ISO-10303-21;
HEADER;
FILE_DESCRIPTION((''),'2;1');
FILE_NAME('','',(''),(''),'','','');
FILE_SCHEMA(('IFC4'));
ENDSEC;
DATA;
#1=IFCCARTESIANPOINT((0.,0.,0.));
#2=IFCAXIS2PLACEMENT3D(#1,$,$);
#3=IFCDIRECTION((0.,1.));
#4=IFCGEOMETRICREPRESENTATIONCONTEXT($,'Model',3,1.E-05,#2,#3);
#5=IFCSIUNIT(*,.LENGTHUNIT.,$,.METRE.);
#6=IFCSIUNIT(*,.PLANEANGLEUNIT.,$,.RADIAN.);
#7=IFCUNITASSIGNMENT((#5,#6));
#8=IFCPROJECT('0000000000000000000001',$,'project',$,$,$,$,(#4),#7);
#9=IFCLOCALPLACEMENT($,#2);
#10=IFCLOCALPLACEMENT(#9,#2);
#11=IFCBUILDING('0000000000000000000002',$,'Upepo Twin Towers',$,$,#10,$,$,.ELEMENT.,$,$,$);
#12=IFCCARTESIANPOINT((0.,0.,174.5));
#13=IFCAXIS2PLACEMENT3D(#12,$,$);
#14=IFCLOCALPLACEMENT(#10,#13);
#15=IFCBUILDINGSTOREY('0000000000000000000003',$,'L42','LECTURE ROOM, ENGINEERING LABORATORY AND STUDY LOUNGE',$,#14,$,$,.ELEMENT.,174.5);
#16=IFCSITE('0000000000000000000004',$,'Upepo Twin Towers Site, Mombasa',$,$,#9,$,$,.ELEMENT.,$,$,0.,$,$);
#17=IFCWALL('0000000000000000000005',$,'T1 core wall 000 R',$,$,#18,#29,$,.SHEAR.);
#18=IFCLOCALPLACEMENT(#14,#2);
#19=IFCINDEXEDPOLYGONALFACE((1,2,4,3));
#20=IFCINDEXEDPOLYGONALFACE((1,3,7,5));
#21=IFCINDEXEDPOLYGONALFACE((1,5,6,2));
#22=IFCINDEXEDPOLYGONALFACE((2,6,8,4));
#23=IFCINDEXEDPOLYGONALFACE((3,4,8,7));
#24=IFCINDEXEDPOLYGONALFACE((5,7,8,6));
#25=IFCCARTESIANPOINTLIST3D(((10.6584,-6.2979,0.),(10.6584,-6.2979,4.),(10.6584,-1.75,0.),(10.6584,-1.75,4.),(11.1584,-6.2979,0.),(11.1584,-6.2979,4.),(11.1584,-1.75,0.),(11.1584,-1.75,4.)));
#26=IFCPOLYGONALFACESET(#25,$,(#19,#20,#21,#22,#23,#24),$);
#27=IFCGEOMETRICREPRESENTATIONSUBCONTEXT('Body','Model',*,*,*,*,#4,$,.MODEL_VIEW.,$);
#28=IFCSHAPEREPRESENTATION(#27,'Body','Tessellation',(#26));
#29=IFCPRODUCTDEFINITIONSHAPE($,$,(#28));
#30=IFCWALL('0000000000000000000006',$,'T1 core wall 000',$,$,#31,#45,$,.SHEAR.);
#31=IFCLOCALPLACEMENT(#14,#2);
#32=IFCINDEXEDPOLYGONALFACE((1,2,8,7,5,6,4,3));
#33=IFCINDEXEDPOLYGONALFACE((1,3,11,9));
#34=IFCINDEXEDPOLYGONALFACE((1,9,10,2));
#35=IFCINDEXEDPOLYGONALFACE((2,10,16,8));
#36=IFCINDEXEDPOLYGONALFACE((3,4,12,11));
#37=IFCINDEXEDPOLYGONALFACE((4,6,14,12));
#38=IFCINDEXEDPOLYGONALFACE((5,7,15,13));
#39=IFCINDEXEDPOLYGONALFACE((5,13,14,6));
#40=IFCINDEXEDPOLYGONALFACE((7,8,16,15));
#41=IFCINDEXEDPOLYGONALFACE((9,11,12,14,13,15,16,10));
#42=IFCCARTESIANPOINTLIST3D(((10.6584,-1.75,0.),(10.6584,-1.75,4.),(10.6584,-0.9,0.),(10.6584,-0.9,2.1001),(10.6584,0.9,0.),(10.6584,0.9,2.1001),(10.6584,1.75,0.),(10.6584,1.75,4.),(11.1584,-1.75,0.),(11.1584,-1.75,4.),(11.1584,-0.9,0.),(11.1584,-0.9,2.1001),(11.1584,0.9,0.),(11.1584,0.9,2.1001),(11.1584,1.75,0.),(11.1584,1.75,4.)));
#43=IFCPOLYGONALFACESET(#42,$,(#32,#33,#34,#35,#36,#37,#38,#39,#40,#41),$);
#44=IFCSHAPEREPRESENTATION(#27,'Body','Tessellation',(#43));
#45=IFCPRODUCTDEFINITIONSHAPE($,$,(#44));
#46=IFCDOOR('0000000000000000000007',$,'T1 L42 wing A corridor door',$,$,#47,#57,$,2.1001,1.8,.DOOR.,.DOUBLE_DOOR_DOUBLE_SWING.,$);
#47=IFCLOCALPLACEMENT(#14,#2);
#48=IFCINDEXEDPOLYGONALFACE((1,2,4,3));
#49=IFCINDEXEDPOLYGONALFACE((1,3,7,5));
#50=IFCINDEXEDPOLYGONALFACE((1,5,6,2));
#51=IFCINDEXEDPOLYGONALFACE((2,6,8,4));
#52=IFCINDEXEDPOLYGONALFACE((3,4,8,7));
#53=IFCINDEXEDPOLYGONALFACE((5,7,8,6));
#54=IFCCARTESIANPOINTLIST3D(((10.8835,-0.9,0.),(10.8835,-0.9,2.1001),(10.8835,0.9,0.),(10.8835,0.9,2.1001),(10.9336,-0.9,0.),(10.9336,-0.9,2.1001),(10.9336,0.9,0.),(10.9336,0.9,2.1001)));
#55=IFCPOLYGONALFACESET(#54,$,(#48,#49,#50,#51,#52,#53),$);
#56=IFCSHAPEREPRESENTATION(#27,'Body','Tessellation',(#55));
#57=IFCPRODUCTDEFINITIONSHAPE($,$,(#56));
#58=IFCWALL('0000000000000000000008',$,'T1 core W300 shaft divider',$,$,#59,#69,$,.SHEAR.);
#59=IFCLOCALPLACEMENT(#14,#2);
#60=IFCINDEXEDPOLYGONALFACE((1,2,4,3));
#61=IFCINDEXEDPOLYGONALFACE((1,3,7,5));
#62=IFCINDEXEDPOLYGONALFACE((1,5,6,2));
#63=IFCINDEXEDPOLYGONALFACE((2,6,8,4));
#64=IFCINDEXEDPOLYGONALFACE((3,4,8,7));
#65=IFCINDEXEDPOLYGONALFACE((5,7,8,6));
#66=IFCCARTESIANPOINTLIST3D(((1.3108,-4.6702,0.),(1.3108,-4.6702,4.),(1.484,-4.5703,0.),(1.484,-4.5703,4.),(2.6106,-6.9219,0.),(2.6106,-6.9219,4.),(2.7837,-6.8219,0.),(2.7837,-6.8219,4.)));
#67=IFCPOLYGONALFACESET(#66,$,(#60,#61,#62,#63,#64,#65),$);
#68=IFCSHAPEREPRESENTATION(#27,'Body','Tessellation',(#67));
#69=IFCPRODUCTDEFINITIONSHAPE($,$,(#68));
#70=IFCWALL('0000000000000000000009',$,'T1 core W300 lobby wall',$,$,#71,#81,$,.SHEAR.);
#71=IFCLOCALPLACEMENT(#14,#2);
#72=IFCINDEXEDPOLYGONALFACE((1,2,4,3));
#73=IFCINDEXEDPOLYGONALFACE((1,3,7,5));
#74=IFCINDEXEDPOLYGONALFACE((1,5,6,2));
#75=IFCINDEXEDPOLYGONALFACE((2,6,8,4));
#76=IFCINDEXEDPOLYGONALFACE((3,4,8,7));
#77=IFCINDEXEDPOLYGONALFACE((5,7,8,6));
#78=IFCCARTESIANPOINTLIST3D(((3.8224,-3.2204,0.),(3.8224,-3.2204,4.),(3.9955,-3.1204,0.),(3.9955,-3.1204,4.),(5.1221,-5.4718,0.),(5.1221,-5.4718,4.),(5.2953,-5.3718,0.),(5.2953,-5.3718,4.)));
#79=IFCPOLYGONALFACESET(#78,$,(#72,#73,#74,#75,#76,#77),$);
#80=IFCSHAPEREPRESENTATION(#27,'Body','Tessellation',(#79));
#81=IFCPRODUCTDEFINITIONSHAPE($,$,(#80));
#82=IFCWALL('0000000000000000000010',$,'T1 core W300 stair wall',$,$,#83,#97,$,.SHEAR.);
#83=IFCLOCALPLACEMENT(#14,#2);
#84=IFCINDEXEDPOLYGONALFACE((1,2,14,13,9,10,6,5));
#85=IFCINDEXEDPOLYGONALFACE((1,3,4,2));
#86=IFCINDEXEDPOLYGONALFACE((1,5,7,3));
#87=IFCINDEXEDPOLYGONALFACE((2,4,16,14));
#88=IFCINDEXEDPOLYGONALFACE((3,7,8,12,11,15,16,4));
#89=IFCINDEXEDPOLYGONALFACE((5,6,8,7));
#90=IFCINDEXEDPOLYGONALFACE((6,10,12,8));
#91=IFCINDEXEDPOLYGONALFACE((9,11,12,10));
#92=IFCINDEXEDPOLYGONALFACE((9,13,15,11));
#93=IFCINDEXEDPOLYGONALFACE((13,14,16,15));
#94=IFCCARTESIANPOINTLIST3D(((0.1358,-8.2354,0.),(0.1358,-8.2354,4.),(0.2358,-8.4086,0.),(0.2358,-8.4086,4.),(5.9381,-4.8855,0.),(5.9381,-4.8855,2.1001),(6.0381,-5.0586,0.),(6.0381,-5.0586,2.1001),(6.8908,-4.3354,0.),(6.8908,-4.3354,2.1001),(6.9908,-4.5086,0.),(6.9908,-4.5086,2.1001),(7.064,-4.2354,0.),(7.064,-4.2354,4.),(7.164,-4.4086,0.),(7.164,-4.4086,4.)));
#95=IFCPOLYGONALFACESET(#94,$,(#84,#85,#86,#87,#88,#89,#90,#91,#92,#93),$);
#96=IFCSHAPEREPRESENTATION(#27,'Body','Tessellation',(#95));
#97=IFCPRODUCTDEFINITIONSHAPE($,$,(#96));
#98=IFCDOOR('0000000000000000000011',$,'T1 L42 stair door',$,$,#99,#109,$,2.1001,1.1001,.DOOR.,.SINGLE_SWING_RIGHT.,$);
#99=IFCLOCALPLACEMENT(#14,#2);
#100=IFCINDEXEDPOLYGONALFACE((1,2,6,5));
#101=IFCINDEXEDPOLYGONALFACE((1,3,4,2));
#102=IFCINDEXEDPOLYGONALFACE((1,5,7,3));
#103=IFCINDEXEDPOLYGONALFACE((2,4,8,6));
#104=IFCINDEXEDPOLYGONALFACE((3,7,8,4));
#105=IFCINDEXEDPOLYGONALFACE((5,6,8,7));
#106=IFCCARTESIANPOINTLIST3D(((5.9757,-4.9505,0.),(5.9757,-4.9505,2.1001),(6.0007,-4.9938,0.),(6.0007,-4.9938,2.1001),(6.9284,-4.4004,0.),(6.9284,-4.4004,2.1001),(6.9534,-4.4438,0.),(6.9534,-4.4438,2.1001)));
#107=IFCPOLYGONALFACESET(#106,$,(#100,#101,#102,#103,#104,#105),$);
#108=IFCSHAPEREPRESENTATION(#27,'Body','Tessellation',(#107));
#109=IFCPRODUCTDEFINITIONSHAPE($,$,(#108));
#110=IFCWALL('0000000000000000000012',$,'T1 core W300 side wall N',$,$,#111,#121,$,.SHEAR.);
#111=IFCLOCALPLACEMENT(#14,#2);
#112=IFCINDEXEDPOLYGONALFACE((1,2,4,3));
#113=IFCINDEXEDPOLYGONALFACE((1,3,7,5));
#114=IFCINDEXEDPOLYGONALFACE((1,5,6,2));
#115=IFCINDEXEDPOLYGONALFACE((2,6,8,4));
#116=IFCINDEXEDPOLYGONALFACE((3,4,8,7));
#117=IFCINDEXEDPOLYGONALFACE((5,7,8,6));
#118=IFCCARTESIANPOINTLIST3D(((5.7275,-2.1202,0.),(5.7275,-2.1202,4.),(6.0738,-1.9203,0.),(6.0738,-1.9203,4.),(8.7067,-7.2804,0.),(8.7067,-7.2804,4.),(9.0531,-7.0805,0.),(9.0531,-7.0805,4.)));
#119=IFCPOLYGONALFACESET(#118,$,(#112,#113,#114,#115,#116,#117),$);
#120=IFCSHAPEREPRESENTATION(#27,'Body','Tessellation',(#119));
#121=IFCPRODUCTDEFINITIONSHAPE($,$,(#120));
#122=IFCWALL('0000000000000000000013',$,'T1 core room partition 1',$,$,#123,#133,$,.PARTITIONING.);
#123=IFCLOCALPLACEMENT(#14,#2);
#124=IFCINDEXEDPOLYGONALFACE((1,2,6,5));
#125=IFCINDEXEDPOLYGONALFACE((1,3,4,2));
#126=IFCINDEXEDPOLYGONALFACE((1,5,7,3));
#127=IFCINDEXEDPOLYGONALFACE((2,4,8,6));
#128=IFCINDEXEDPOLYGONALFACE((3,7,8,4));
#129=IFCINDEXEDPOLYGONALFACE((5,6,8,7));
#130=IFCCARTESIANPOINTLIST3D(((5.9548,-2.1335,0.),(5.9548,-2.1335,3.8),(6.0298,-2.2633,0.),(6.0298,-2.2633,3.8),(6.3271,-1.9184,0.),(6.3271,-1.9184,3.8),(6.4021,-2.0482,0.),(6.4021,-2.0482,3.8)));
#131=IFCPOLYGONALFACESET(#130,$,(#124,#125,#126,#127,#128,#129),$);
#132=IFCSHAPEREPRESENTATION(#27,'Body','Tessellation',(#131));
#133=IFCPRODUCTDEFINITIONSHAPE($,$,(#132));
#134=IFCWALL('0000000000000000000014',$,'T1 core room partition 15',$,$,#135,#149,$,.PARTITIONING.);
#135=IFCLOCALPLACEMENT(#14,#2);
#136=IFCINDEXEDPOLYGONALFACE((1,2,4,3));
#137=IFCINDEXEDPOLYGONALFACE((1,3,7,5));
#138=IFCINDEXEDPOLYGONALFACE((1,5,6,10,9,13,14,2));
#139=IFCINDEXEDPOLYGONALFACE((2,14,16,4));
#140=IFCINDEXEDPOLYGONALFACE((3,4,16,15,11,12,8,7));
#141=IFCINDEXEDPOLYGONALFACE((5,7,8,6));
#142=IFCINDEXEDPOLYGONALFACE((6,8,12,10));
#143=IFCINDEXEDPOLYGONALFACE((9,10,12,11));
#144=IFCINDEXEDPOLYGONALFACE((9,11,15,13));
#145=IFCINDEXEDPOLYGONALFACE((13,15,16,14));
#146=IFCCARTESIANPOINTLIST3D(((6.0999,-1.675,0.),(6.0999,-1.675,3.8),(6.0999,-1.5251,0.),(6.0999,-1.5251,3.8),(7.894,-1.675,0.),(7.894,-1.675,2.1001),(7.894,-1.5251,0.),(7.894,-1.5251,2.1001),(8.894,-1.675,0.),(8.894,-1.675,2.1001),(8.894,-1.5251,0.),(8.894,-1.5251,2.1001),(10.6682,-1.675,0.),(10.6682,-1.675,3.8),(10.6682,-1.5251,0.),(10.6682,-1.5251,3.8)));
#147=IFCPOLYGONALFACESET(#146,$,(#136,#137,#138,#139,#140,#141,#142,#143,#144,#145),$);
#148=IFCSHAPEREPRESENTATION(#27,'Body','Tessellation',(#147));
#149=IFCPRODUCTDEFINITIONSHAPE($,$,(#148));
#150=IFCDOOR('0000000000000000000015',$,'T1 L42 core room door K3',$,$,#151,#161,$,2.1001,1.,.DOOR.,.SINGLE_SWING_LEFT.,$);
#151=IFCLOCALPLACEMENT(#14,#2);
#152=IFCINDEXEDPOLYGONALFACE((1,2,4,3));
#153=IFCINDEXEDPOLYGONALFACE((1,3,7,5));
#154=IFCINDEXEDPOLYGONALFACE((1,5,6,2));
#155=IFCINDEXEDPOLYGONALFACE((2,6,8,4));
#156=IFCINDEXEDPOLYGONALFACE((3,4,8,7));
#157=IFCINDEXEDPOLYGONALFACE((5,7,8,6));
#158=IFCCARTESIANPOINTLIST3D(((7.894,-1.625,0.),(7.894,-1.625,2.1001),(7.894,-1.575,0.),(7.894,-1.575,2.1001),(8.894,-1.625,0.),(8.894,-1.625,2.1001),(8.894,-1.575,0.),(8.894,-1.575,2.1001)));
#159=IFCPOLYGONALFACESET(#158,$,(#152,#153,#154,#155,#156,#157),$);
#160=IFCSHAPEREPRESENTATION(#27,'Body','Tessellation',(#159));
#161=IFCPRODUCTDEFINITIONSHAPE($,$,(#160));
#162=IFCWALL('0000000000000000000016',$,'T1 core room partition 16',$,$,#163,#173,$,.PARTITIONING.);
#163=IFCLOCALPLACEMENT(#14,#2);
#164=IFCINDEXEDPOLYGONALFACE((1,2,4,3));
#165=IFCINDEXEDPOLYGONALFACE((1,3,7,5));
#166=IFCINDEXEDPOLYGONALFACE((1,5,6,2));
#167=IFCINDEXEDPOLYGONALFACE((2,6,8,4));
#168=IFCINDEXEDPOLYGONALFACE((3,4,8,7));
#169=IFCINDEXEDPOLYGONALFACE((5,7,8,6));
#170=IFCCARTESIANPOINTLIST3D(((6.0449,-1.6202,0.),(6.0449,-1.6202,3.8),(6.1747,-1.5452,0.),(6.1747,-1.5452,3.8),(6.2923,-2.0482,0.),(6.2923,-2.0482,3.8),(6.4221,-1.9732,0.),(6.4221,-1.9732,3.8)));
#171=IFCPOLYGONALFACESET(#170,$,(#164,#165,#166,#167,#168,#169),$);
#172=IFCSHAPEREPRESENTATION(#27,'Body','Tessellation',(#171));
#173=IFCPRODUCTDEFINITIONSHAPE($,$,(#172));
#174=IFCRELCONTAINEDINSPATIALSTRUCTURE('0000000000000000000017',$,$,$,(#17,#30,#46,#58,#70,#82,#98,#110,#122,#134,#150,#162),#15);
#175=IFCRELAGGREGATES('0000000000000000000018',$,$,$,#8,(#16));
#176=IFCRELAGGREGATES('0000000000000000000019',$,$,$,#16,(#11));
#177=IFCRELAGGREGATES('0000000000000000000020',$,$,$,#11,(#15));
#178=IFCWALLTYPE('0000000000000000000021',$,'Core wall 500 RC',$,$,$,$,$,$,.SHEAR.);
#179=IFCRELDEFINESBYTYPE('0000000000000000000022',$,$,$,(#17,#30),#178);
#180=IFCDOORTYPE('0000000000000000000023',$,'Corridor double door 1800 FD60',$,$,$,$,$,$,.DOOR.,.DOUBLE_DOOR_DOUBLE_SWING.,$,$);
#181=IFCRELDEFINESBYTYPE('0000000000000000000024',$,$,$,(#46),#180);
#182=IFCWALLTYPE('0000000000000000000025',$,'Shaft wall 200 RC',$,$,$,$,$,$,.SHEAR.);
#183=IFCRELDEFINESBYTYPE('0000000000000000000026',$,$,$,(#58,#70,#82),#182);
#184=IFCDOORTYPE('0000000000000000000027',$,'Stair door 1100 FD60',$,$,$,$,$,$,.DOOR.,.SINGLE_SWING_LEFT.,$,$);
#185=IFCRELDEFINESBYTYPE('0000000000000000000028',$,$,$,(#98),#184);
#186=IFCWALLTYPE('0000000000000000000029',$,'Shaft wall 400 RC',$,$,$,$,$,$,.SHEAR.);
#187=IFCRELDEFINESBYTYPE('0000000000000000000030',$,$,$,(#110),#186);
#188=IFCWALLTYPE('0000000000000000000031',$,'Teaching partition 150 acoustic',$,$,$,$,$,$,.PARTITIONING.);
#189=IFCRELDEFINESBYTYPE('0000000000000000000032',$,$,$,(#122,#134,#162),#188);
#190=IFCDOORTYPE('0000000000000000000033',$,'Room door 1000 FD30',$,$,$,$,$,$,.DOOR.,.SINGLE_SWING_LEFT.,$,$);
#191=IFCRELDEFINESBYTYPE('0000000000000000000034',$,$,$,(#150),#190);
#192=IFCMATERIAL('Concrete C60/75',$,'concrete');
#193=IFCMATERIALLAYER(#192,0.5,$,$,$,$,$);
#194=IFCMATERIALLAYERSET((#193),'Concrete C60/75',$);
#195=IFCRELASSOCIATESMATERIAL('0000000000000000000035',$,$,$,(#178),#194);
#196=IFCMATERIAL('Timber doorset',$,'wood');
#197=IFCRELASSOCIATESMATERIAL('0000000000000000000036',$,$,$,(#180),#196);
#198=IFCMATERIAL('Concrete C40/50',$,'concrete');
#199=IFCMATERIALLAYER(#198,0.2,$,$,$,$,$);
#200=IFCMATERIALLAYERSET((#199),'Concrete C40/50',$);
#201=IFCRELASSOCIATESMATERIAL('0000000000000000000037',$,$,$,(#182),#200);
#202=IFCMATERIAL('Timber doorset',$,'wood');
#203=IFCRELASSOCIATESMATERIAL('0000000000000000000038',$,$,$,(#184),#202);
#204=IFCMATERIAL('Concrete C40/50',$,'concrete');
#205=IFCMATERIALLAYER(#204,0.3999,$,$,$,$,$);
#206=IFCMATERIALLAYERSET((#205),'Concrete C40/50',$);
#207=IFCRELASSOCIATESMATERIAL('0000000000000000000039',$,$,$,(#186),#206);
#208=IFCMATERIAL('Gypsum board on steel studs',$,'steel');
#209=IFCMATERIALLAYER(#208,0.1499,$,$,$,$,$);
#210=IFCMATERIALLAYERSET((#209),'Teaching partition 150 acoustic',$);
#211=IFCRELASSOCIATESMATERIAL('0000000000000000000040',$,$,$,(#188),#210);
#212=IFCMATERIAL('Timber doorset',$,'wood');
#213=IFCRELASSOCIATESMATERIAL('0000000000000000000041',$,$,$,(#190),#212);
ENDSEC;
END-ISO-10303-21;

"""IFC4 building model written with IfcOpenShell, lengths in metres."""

from ifc_helpers import new_model, si_unit, direction, frame, frame_2d, origin, place, context, subcontext, project, spatial, rectangle, extrude, material, layer, layer_set, type_object, element, fill, save


model = new_model("IFC4")

# Units and contexts
model_context = context("Model", 3, precision=1e-05, world=origin(), true_north=direction((0.0, 1.0)))
body_context = subcontext(model_context, "Body", "Model", "MODEL_VIEW")
ifc_project = project(units=[si_unit("LENGTHUNIT", "METRE"), si_unit("PLANEANGLEUNIT", "RADIAN")], contexts=[model_context])

# Site, building, storey
site_placement = place(None, origin())
site = spatial("IfcSite", under=ifc_project, at=site_placement, Name="Upepo Twin Towers Site, Mombasa", CompositionType="ELEMENT", RefElevation=0.0)
building_placement = place(site_placement, origin())
building = spatial("IfcBuilding", under=site, at=building_placement, Name="Upepo Twin Towers", CompositionType="ELEMENT")
storey_placement = place(building_placement, frame((0.0, 0.0, 174.5)))
storey = spatial("IfcBuildingStorey", under=building, at=storey_placement, Name="L42", Description="LECTURE ROOM, ENGINEERING LABORATORY AND STUDY LOUNGE", CompositionType="ELEMENT", Elevation=174.5)

# Wall
ifc_material_1 = material(Name="Concrete C60/75", Category="concrete")
ifc_layer_1 = layer(ifc_material_1, 0.5)
ifc_layer_set_1 = layer_set([ifc_layer_1], Name="Concrete C60/75")
wall_type_1 = type_object("IfcWallType", Name="Core wall 500 RC", PredefinedType="SHEAR", material=ifc_layer_set_1)
wall_1_placement = place(storey_placement, frame((10.9084, -6.2979, 0.0), z_axis=(0.0, 0.0, 1.0), x_axis=(0.0, 1.0, 0.0)))
element("IfcWall", 1, at=wall_1_placement, inside=storey, type_object=wall_type_1, Name="T1 core wall 000 R", PredefinedType="SHEAR", context=body_context, shape_type="SweptSolid", body=[
    extrude(rectangle(XDim=4.5479, YDim=0.5, at=frame_2d((2.2739, 0.0))), origin(), (0.0, 0.0, 1.0), 4.0),
])

# Wall, opening, door
wall_2_placement = place(storey_placement, frame((10.9084, -1.75, 0.0), z_axis=(0.0, 0.0, 1.0), x_axis=(0.0, 1.0, 0.0)))
wall_2 = element("IfcWall", 2, at=wall_2_placement, inside=storey, type_object=wall_type_1, Name="T1 core wall 000", PredefinedType="SHEAR", context=body_context, shape_type="SweptSolid", body=[
    extrude(rectangle(XDim=3.5, YDim=0.5, at=frame_2d((1.75, 0.0))), origin(), (0.0, 0.0, 1.0), 4.0),
])
opening_1_placement = place(wall_2_placement, frame((0.8501, 0.0, 0.0)))
opening_1 = element("IfcOpeningElement", 3, at=opening_1_placement, cuts=wall_2, PredefinedType="OPENING", context=body_context, shape_type="SweptSolid", body=[
    extrude(rectangle(XDim=1.8, YDim=2.1001, at=frame_2d((0.8999, 1.05))), frame((0.0, 0.26, 0.0), z_axis=(0.0, -1.0, 0.0), x_axis=(1.0, 0.0, 0.0)), (0.0, 0.0, 1.0), 0.52),
])
ifc_material_2 = material(Name="Timber doorset", Category="wood")
door_type_1 = type_object("IfcDoorType", Name="Corridor double door 1800 FD60", OperationType="DOUBLE_DOOR_DOUBLE_SWING", PredefinedType="DOOR", material=ifc_material_2)
door_1_placement = place(opening_1_placement, origin())
door_1 = element("IfcDoor", 4, at=door_1_placement, inside=storey, type_object=door_type_1, Name="T1 L42 wing A corridor door", OperationType="DOUBLE_DOOR_DOUBLE_SWING", OverallHeight=2.1001, OverallWidth=1.8, PredefinedType="DOOR", context=body_context, shape_type="SweptSolid", body=[
    extrude(rectangle(XDim=1.8, YDim=2.1001, at=frame_2d((0.8999, 1.05))), frame((0.0, 0.0249, 0.0), z_axis=(0.0, -1.0, 0.0), x_axis=(1.0, 0.0, 0.0)), (0.0, 0.0, 1.0), 0.05),
])
fill(opening_1, door_1)

# Walls
ifc_material_3 = material(Name="Concrete C40/50", Category="concrete")
ifc_layer_2 = layer(ifc_material_3, 0.2)
ifc_layer_set_2 = layer_set([ifc_layer_2], Name="Concrete C40/50")
wall_type_2 = type_object("IfcWallType", Name="Shaft wall 200 RC", PredefinedType="SHEAR", material=ifc_layer_set_2)
wall_3_placement = place(storey_placement, frame((1.3975, -4.6204, 0.0), z_axis=(0.0, 0.0, 1.0), x_axis=(0.499937, -0.866062, 0.0)))
element("IfcWall", 5, at=wall_3_placement, inside=storey, type_object=wall_type_2, Name="T1 core W300 shaft divider", PredefinedType="SHEAR", context=body_context, shape_type="SweptSolid", body=[
    extrude(rectangle(XDim=2.5999, YDim=0.2, at=frame_2d((1.2998, 0.0))), origin(), (0.0, 0.0, 1.0), 4.0),
])
wall_4_placement = place(storey_placement, frame((3.9089, -3.1704, 0.0), z_axis=(0.0, 0.0, 1.0), x_axis=(0.499977, -0.866039, 0.0)))
element("IfcWall", 6, at=wall_4_placement, inside=storey, type_object=wall_type_2, Name="T1 core W300 lobby wall", PredefinedType="SHEAR", context=body_context, shape_type="SweptSolid", body=[
    extrude(rectangle(XDim=2.5996, YDim=0.2, at=frame_2d((1.2998, 0.0))), origin(), (0.0, 0.0, 1.0), 4.0),
])

# Wall, opening, door
wall_5_placement = place(storey_placement, frame((0.1858, -8.322, 0.0), z_axis=(0.0, 0.0, 1.0), x_axis=(0.866026, 0.499999, 0.0)))
wall_5 = element("IfcWall", 7, at=wall_5_placement, inside=storey, type_object=wall_type_2, Name="T1 core W300 stair wall", PredefinedType="SHEAR", context=body_context, shape_type="SweptSolid", body=[
    extrude(rectangle(XDim=8.0, YDim=0.2, at=frame_2d((4.0, 0.0))), origin(), (0.0, 0.0, 1.0), 4.0),
])
opening_2_placement = place(wall_5_placement, frame((6.7, 0.0, 0.0)))
opening_2 = element("IfcOpeningElement", 8, at=opening_2_placement, cuts=wall_5, PredefinedType="OPENING", context=body_context, shape_type="SweptSolid", body=[
    extrude(rectangle(XDim=1.1001, YDim=2.1001, at=frame_2d((0.55, 1.05))), frame((0.0, 0.1099, 0.0), z_axis=(0.0, -1.0, 0.0), x_axis=(1.0, 0.0, 0.0)), (0.0, 0.0, 1.0), 0.22),
])
ifc_material_4 = material(Name="Timber doorset", Category="wood")
door_type_2 = type_object("IfcDoorType", Name="Stair door 1100 FD60", OperationType="SINGLE_SWING_LEFT", PredefinedType="DOOR", material=ifc_material_4)
door_2_placement = place(opening_2_placement, origin())
door_2 = element("IfcDoor", 9, at=door_2_placement, inside=storey, type_object=door_type_2, Name="T1 L42 stair door", OperationType="SINGLE_SWING_RIGHT", OverallHeight=2.1001, OverallWidth=1.1001, PredefinedType="DOOR", context=body_context, shape_type="SweptSolid", body=[
    extrude(rectangle(XDim=1.1001, YDim=2.1001, at=frame_2d((0.55, 1.05))), frame((0.0, 0.0249, 0.0), z_axis=(0.0, -1.0, 0.0), x_axis=(1.0, 0.0, 0.0)), (0.0, 0.0, 1.0), 0.05),
])
fill(opening_2, door_2)

# Walls
ifc_material_5 = material(Name="Concrete C40/50", Category="concrete")
ifc_layer_3 = layer(ifc_material_5, 0.3999)
ifc_layer_set_3 = layer_set([ifc_layer_3], Name="Concrete C40/50")
wall_type_3 = type_object("IfcWallType", Name="Shaft wall 400 RC", PredefinedType="SHEAR", material=ifc_layer_set_3)
wall_6_placement = place(storey_placement, frame((5.9006, -2.0203, 0.0), z_axis=(0.0, 0.0, 1.0), x_axis=(0.500004, -0.866023, 0.0)))
element("IfcWall", 10, at=wall_6_placement, inside=storey, type_object=wall_type_3, Name="T1 core W300 side wall N", PredefinedType="SHEAR", context=body_context, shape_type="SweptSolid", body=[
    extrude(rectangle(XDim=5.9585, YDim=0.3999, at=frame_2d((2.9792, 0.0))), origin(), (0.0, 0.0, 1.0), 4.0),
])
ifc_material_6 = material(Name="Gypsum board on steel studs", Category="steel")
ifc_layer_4 = layer(ifc_material_6, 0.1499)
ifc_layer_set_4 = layer_set([ifc_layer_4], Name="Teaching partition 150 acoustic")
wall_type_4 = type_object("IfcWallType", Name="Teaching partition 150 acoustic", PredefinedType="PARTITIONING", material=ifc_layer_set_4)
wall_7_placement = place(storey_placement, frame((6.3645, -1.9834, 0.0), z_axis=(0.0, 0.0, 1.0), x_axis=(-0.865892, -0.50023, 0.0)))
element("IfcWall", 11, at=wall_7_placement, inside=storey, type_object=wall_type_4, Name="T1 core room partition 1", PredefinedType="PARTITIONING", context=body_context, shape_type="SweptSolid", body=[
    extrude(rectangle(XDim=0.4299, YDim=0.1499, at=frame_2d((0.2148, 0.0))), origin(), (0.0, 0.0, 1.0), 3.8),
])

# Wall, opening, door
wall_8_placement = place(storey_placement, frame((10.6682, -1.6001, 0.0), z_axis=(0.0, 0.0, 1.0), x_axis=(-1.0, 0.0, 0.0)))
wall_8 = element("IfcWall", 12, at=wall_8_placement, inside=storey, type_object=wall_type_4, Name="T1 core room partition 15", PredefinedType="PARTITIONING", context=body_context, shape_type="SweptSolid", body=[
    extrude(rectangle(XDim=4.5684, YDim=0.1499, at=frame_2d((2.2842, 0.0))), origin(), (0.0, 0.0, 1.0), 3.8),
])
opening_3_placement = place(wall_8_placement, frame((1.7742, 0.0, 0.0)))
opening_3 = element("IfcOpeningElement", 13, at=opening_3_placement, cuts=wall_8, PredefinedType="OPENING", context=body_context, shape_type="SweptSolid", body=[
    extrude(rectangle(XDim=1.0, YDim=2.1001, at=frame_2d((0.5, 1.05))), frame((0.0, 0.085, 0.0), z_axis=(0.0, -1.0, 0.0), x_axis=(1.0, 0.0, 0.0)), (0.0, 0.0, 1.0), 0.1699),
])
ifc_material_7 = material(Name="Timber doorset", Category="wood")
door_type_3 = type_object("IfcDoorType", Name="Room door 1000 FD30", OperationType="SINGLE_SWING_LEFT", PredefinedType="DOOR", material=ifc_material_7)
door_3_placement = place(opening_3_placement, origin())
door_3 = element("IfcDoor", 14, at=door_3_placement, inside=storey, type_object=door_type_3, Name="T1 L42 core room door K3", OperationType="SINGLE_SWING_LEFT", OverallHeight=2.1001, OverallWidth=1.0, PredefinedType="DOOR", context=body_context, shape_type="SweptSolid", body=[
    extrude(rectangle(XDim=1.0, YDim=2.1001, at=frame_2d((0.5, 1.05))), frame((0.0, 0.0249, 0.0), z_axis=(0.0, -1.0, 0.0), x_axis=(1.0, 0.0, 0.0)), (0.0, 0.0, 1.0), 0.05),
])
fill(opening_3, door_3)

# Wall
wall_9_placement = place(storey_placement, frame((6.1099, -1.5828, 0.0), z_axis=(0.0, 0.0, 1.0), x_axis=(0.500335, -0.865832, 0.0)))
element("IfcWall", 15, at=wall_9_placement, inside=storey, type_object=wall_type_4, Name="T1 core room partition 16", PredefinedType="PARTITIONING", context=body_context, shape_type="SweptSolid", body=[
    extrude(rectangle(XDim=0.4944, YDim=0.1499, at=frame_2d((0.2471, 0.0))), origin(), (0.0, 0.0, 1.0), 3.8),
])

save(model, "model.ifc")
